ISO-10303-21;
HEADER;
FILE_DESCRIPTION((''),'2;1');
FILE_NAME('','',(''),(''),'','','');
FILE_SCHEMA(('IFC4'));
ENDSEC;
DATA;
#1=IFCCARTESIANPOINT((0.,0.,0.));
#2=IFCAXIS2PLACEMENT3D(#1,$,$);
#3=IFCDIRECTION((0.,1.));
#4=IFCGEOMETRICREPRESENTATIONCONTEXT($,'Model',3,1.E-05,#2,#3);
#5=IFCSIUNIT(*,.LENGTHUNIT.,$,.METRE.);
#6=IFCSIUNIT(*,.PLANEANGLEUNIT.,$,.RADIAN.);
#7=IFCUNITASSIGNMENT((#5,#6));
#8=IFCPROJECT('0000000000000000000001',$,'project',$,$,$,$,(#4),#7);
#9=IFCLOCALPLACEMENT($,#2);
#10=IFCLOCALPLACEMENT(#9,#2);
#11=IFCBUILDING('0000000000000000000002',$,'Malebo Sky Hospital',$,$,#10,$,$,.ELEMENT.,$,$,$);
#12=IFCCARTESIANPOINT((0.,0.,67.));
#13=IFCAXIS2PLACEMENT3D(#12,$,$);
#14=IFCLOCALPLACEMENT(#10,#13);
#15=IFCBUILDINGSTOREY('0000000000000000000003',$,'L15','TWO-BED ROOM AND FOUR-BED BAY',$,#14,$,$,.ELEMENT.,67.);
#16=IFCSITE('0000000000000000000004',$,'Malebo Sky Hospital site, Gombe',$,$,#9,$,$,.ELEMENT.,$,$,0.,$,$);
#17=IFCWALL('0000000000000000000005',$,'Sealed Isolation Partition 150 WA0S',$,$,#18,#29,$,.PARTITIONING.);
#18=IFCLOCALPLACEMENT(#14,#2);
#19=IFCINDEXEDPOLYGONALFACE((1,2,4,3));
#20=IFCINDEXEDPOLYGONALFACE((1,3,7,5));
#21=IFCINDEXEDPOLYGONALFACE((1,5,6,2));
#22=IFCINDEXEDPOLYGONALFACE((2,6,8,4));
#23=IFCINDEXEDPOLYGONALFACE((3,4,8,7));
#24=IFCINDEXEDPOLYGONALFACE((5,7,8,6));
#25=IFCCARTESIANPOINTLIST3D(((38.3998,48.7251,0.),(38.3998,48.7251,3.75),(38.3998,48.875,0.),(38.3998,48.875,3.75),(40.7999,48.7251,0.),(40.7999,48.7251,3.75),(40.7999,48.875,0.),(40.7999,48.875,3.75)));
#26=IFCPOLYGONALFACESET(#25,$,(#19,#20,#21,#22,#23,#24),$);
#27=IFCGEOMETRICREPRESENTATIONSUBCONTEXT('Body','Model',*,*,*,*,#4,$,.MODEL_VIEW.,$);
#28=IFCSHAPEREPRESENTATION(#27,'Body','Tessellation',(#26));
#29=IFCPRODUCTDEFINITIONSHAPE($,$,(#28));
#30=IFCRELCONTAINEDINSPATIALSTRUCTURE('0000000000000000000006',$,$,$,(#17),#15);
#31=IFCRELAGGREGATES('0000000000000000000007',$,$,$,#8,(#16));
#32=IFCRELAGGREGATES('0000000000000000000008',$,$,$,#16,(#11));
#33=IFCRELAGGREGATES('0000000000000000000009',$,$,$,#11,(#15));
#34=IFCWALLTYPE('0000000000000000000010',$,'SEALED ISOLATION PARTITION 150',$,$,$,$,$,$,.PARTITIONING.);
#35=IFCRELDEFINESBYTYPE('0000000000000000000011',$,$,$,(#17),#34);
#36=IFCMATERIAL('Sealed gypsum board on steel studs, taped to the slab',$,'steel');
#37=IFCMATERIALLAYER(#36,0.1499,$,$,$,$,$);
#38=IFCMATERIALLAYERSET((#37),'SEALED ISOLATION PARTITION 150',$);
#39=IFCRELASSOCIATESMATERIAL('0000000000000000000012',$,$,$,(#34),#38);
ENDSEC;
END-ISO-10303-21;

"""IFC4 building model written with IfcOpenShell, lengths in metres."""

from ifc_helpers import new_model, si_unit, direction, frame, frame_2d, origin, place, context, subcontext, project, spatial, rectangle, extrude, material, layer, layer_set, type_object, element, save


model = new_model("IFC4")

# Units and contexts
model_context = context("Model", 3, precision=1e-05, world=origin(), true_north=direction((0.0, 1.0)))
body_context = subcontext(model_context, "Body", "Model", "MODEL_VIEW")
ifc_project = project(units=[si_unit("LENGTHUNIT", "METRE"), si_unit("PLANEANGLEUNIT", "RADIAN")], contexts=[model_context])

# Site, building, storey
site_placement = place(None, origin())
site = spatial("IfcSite", under=ifc_project, at=site_placement, Name="Malebo Sky Hospital site, Gombe", CompositionType="ELEMENT", RefElevation=0.0)
building_placement = place(site_placement, origin())
building = spatial("IfcBuilding", under=site, at=building_placement, Name="Malebo Sky Hospital", CompositionType="ELEMENT")
storey_placement = place(building_placement, frame((0.0, 0.0, 67.0)))
storey = spatial("IfcBuildingStorey", under=building, at=storey_placement, Name="L15", Description="TWO-BED ROOM AND FOUR-BED BAY", CompositionType="ELEMENT", Elevation=67.0)

# Wall
ifc_material_1 = material(Name="Sealed gypsum board on steel studs, taped to the slab", Category="steel")
ifc_layer_1 = layer(ifc_material_1, 0.1499)
ifc_layer_set_1 = layer_set([ifc_layer_1], Name="SEALED ISOLATION PARTITION 150")
wall_type_1 = type_object("IfcWallType", Name="SEALED ISOLATION PARTITION 150", PredefinedType="PARTITIONING", material=ifc_layer_set_1)
wall_1_placement = place(storey_placement, frame((40.8, 48.8, 0.0), z_axis=(0.0, 0.0, 1.0), x_axis=(-1.0, 0.0, 0.0)))
element("IfcWall", 1, at=wall_1_placement, inside=storey, type_object=wall_type_1, Name="Sealed Isolation Partition 150 WA0S", PredefinedType="PARTITIONING", context=body_context, shape_type="SweptSolid", body=[
    extrude(rectangle(XDim=2.4001, YDim=0.1499, at=frame_2d((1.2002, 0.0))), origin(), (0.0, 0.0, 1.0), 3.75),
])

save(model, "model.ifc")
